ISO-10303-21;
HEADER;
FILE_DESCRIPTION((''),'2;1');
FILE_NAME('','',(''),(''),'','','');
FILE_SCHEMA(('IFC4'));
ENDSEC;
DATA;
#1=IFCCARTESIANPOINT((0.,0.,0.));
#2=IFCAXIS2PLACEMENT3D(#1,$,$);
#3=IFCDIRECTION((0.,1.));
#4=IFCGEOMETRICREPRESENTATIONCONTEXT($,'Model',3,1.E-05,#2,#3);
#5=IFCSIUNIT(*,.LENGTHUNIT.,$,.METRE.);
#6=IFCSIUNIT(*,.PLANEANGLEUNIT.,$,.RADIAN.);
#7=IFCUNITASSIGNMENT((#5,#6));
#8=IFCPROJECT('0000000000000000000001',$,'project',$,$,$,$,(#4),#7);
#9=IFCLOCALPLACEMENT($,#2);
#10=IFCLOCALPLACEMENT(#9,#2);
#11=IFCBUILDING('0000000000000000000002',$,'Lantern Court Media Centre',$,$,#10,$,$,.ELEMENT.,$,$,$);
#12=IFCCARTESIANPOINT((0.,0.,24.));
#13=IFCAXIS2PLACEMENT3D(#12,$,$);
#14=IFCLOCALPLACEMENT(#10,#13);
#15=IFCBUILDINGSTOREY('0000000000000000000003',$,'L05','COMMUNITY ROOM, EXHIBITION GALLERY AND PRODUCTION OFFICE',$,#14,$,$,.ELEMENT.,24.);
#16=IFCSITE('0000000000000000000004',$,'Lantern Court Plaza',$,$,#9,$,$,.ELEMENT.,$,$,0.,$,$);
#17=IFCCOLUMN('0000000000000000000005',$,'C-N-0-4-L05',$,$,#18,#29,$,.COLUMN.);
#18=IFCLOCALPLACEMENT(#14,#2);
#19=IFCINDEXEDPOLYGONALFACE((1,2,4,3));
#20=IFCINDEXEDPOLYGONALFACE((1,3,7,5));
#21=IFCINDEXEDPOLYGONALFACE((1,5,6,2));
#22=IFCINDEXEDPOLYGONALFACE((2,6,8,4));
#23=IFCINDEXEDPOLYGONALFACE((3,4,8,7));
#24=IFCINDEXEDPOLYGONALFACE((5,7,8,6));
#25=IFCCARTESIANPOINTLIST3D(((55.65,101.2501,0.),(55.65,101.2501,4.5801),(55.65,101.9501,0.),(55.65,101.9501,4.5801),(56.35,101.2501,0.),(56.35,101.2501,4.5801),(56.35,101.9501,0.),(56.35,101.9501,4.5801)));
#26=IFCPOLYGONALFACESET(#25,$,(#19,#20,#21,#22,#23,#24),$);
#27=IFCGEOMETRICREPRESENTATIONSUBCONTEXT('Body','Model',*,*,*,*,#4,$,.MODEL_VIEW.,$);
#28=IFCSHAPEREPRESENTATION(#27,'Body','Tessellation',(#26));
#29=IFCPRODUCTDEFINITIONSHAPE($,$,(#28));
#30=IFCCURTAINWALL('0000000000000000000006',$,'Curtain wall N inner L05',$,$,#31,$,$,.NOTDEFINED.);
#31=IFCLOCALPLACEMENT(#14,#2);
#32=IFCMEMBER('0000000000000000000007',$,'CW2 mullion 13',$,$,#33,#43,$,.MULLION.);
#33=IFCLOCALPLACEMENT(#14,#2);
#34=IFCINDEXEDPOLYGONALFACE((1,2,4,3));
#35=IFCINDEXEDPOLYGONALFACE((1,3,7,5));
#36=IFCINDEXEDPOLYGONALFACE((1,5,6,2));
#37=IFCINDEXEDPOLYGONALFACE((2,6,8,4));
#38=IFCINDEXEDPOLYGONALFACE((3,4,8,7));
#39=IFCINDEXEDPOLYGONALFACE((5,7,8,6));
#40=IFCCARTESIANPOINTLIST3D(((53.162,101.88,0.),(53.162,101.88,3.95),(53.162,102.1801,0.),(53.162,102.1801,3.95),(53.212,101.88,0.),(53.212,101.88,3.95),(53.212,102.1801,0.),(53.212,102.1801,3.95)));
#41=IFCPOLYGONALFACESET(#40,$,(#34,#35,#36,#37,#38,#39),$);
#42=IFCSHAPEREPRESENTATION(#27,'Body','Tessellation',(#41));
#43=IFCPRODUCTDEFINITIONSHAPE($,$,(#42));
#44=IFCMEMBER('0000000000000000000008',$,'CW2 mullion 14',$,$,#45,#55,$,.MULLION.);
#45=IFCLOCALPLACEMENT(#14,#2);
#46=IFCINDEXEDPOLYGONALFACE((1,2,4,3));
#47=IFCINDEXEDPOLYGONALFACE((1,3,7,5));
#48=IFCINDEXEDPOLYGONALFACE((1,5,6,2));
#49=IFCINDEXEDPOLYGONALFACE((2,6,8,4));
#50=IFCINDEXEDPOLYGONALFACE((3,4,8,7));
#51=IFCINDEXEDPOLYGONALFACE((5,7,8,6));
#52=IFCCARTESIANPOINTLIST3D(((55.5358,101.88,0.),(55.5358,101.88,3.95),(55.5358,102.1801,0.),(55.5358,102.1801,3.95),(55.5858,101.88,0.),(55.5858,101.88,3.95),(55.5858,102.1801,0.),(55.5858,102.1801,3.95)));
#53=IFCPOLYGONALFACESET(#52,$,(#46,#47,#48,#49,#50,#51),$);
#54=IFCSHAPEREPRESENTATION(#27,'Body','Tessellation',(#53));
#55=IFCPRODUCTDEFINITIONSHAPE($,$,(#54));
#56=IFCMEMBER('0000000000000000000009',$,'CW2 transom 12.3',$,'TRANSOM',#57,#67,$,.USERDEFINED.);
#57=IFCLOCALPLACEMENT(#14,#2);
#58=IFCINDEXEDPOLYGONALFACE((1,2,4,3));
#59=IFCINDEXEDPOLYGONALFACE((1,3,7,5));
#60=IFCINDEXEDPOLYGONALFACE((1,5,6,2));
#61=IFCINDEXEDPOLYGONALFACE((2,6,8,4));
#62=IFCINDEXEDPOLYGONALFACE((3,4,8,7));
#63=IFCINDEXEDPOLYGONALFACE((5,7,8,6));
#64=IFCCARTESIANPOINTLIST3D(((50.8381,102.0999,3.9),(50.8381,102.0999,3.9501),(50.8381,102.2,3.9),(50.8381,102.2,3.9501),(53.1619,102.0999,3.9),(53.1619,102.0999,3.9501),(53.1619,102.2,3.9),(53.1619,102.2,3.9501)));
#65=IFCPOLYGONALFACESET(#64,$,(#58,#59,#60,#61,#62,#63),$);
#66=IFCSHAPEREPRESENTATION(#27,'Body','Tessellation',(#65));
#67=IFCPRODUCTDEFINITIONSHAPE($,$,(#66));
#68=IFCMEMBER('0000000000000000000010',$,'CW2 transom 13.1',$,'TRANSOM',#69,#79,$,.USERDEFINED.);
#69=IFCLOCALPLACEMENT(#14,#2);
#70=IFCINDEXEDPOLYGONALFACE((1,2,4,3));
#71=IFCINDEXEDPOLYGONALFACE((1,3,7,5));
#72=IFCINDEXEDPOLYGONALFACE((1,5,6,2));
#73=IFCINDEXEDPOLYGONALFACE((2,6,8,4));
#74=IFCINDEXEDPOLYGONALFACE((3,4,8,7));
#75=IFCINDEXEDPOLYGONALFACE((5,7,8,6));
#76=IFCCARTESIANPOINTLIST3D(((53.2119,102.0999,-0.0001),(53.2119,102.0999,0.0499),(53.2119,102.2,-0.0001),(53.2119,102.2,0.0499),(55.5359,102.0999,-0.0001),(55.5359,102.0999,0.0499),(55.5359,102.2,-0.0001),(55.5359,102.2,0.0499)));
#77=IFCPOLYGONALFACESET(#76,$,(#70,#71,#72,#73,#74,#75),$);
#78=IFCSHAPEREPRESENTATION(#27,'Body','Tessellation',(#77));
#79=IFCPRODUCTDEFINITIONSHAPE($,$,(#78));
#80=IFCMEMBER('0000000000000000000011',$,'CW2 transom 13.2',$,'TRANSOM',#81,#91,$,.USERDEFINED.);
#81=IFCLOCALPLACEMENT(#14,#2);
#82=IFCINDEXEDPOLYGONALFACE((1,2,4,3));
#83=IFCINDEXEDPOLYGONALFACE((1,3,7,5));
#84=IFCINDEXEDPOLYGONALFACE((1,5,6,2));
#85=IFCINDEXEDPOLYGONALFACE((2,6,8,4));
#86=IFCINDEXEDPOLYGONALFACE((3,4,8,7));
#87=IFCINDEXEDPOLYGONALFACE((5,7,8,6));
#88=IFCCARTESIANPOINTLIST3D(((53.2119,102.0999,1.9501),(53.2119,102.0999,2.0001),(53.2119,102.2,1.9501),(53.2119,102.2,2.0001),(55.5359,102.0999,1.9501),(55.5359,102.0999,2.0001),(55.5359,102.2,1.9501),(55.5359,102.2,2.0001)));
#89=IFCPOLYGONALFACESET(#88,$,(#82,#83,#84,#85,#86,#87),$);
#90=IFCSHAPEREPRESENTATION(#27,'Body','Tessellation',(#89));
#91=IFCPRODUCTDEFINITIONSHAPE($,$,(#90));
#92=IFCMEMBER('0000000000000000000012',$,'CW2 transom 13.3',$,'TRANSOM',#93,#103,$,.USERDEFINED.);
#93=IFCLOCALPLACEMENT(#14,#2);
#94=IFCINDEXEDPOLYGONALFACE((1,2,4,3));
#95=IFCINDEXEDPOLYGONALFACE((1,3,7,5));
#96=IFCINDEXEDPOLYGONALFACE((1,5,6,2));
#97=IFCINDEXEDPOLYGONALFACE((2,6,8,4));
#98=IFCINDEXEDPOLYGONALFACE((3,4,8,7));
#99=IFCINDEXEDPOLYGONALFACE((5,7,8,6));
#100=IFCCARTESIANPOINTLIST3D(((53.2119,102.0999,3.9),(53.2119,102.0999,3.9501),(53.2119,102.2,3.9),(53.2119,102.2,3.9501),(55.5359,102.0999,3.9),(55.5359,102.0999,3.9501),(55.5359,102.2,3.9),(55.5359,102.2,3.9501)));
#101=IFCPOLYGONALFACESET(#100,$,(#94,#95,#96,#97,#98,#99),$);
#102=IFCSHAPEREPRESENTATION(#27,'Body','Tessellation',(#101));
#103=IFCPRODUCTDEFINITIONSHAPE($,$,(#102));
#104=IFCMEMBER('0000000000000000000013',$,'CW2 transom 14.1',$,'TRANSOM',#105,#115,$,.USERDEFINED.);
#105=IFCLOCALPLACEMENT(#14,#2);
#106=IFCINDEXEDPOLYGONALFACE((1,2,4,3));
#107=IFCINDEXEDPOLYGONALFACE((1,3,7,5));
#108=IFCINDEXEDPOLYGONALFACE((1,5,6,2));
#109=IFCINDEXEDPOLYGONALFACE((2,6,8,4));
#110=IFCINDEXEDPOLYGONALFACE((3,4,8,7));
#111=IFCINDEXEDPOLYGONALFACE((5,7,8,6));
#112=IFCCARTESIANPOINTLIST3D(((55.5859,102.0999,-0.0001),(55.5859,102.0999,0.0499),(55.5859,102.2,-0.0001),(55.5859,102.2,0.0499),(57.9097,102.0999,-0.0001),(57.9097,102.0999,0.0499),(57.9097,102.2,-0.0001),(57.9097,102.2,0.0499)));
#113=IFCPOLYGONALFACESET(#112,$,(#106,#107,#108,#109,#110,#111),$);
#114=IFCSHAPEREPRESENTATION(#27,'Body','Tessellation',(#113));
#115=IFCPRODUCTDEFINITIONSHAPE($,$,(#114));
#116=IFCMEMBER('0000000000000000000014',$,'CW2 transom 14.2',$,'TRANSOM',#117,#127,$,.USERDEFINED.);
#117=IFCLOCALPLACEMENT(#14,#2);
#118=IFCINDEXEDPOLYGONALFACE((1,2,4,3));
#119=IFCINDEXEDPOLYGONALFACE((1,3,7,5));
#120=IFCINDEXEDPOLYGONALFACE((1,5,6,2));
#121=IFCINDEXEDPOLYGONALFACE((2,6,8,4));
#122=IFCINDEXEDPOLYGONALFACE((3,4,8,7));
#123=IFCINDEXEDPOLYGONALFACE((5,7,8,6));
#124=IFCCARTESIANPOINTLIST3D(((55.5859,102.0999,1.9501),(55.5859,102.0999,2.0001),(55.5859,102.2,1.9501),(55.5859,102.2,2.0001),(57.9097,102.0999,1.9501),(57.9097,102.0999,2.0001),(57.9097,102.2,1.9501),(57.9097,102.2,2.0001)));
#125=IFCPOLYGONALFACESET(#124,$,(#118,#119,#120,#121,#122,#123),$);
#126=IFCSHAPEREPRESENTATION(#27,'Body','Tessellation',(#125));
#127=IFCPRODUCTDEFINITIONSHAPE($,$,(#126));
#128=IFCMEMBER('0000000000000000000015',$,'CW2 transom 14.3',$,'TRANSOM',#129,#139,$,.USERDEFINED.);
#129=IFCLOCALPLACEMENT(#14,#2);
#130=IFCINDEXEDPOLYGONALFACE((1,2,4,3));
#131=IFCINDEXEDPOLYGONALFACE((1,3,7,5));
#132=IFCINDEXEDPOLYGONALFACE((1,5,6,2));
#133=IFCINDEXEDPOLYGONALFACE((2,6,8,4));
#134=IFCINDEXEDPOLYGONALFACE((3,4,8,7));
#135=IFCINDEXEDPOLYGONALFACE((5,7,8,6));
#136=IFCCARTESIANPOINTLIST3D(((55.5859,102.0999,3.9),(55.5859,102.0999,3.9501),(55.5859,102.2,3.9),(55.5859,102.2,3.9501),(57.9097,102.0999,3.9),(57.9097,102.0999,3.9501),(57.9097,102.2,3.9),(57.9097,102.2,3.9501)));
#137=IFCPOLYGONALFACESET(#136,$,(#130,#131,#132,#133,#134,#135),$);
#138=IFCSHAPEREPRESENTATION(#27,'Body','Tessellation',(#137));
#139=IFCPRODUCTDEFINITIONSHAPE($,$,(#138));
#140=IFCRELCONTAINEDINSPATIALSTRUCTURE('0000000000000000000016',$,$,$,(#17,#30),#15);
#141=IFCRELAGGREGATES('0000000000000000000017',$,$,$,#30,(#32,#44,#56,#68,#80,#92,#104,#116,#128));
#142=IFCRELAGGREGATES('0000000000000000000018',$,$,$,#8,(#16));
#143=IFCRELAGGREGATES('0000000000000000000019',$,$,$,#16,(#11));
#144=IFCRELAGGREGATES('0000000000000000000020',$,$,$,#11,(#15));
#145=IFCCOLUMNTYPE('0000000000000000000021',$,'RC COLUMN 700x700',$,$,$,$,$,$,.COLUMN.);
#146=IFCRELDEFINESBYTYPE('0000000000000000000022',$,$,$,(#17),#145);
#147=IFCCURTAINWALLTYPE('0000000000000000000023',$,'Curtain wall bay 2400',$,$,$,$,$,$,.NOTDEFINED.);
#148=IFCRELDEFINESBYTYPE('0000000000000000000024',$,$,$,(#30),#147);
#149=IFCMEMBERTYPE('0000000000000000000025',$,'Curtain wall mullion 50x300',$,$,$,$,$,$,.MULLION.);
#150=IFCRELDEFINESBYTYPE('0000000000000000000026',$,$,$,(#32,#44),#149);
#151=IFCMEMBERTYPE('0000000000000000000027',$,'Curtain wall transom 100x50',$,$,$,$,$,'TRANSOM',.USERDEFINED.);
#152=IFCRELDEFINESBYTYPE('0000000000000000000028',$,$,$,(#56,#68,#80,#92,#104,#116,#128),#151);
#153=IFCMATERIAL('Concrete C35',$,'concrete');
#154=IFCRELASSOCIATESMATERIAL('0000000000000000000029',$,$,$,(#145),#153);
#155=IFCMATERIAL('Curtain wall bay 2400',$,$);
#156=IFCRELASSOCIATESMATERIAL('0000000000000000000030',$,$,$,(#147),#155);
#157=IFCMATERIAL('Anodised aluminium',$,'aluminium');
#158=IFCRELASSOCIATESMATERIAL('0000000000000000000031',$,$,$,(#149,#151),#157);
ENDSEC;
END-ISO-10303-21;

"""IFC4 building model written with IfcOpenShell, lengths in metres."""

from ifc_helpers import new_model, si_unit, direction, frame, origin, origin_2d, place, context, subcontext, project, spatial, rectangle, extrude, material, material_profile, profile_set, type_object, element, aggregate, save


model = new_model("IFC4")

# Units and contexts
model_context = context("Model", 3, precision=1e-05, world=origin(), true_north=direction((0.0, 1.0)))
body_context = subcontext(model_context, "Body", "Model", "MODEL_VIEW")
ifc_project = project(units=[si_unit("LENGTHUNIT", "METRE"), si_unit("PLANEANGLEUNIT", "RADIAN")], contexts=[model_context])

# Site, building, storey
site_placement = place(None, origin())
site = spatial("IfcSite", under=ifc_project, at=site_placement, Name="Lantern Court Plaza", CompositionType="ELEMENT", RefElevation=0.0)
building_placement = place(site_placement, origin())
building = spatial("IfcBuilding", under=site, at=building_placement, Name="Lantern Court Media Centre", CompositionType="ELEMENT")
storey_placement = place(building_placement, frame((0.0, 0.0, 24.0)))
storey = spatial("IfcBuildingStorey", under=building, at=storey_placement, Name="L05", Description="COMMUNITY ROOM, EXHIBITION GALLERY AND PRODUCTION OFFICE", CompositionType="ELEMENT", Elevation=24.0)

# Column
ifc_material_1 = material(Name="Concrete C35", Category="concrete")
ifc_material_profile_1 = material_profile(ifc_material_1, rectangle(XDim=0.7, YDim=0.7, at=origin_2d()), Name="RC 700x700")
ifc_profile_set_1 = profile_set([ifc_material_profile_1], Name="Concrete C35")
column_type = type_object("IfcColumnType", Name="RC COLUMN 700x700", PredefinedType="COLUMN", material=ifc_profile_set_1)
column_placement = place(storey_placement, frame((56.0, 101.6001, 0.0), z_axis=(0.0, 0.0, 1.0), x_axis=(1.0, 0.0, 0.0)))
element("IfcColumn", 1, at=column_placement, inside=storey, type_object=column_type, Name="C-N-0-4-L05", PredefinedType="COLUMN", context=body_context, shape_type="SweptSolid", body=[
    extrude(rectangle(XDim=0.7, YDim=0.7, at=origin_2d()), origin(), (0.0, 0.0, 1.0), 4.5801),
])

# Curtain wall, members
ifc_material_2 = material(Name="Curtain wall bay 2400")
curtain_wall_type = type_object("IfcCurtainWallType", Name="Curtain wall bay 2400", PredefinedType="NOTDEFINED", material=ifc_material_2)
curtain_wall_placement = place(storey_placement, origin())
curtain_wall = element("IfcCurtainWall", 2, at=curtain_wall_placement, inside=storey, type_object=curtain_wall_type, Name="Curtain wall N inner L05", PredefinedType="NOTDEFINED")
ifc_material_3 = material(Name="Anodised aluminium", Category="aluminium")
ifc_material_profile_2 = material_profile(ifc_material_3, rectangle(XDim=0.3, YDim=0.05, at=origin_2d()), Name="AL 50x300")
ifc_profile_set_2 = profile_set([ifc_material_profile_2], Name="Anodised aluminium")
member_type_1 = type_object("IfcMemberType", Name="Curtain wall mullion 50x300", PredefinedType="MULLION", material=ifc_profile_set_2)
member_1_placement = place(storey_placement, frame((53.187, 102.03, 0.0), z_axis=(0.0, 0.0, 1.0), x_axis=(0.0, 1.0, 0.0)))
member_1 = element("IfcMember", 3, at=member_1_placement, type_object=member_type_1, Name="CW2 mullion 13", PredefinedType="MULLION", context=body_context, shape_type="SweptSolid", body=[
    extrude(rectangle(XDim=0.3, YDim=0.05, at=origin_2d()), origin(), (0.0, 0.0, 1.0), 3.95),
])
member_2_placement = place(storey_placement, frame((55.5608, 102.03, 0.0), z_axis=(0.0, 0.0, 1.0), x_axis=(0.0, 1.0, 0.0)))
member_2 = element("IfcMember", 4, at=member_2_placement, type_object=member_type_1, Name="CW2 mullion 14", PredefinedType="MULLION", context=body_context, shape_type="SweptSolid", body=[
    extrude(rectangle(XDim=0.3, YDim=0.05, at=origin_2d()), origin(), (0.0, 0.0, 1.0), 3.95),
])
ifc_material_profile_3 = material_profile(ifc_material_3, rectangle(XDim=0.1001, YDim=0.05, at=origin_2d()), Name="AL 50x100")
ifc_profile_set_3 = profile_set([ifc_material_profile_3], Name="Anodised aluminium")
member_type_2 = type_object("IfcMemberType", Name="Curtain wall transom 100x50", ElementType="TRANSOM", PredefinedType="USERDEFINED", material=ifc_profile_set_3)
member_3_placement = place(storey_placement, frame((50.8381, 102.1499, 3.925), z_axis=(1.0, 0.0, 0.0), x_axis=(0.0, 1.0, 0.0)))
member_3 = element("IfcMember", 5, at=member_3_placement, type_object=member_type_2, Name="CW2 transom 12.3", ObjectType="TRANSOM", PredefinedType="USERDEFINED", context=body_context, shape_type="SweptSolid", body=[
    extrude(rectangle(XDim=0.1001, YDim=0.05, at=origin_2d()), origin(), (0.0, 0.0, 1.0), 2.3237),
])
member_4_placement = place(storey_placement, frame((53.2119, 102.1499, 0.0249), z_axis=(1.0, 0.0, 0.0), x_axis=(0.0, 1.0, 0.0)))
member_4 = element("IfcMember", 6, at=member_4_placement, type_object=member_type_2, Name="CW2 transom 13.1", ObjectType="TRANSOM", PredefinedType="USERDEFINED", context=body_context, shape_type="SweptSolid", body=[
    extrude(rectangle(XDim=0.1001, YDim=0.05, at=origin_2d()), origin(), (0.0, 0.0, 1.0), 2.324),
])
member_5_placement = place(storey_placement, frame((53.2119, 102.1499, 1.9751), z_axis=(1.0, 0.0, 0.0), x_axis=(0.0, 1.0, 0.0)))
member_5 = element("IfcMember", 7, at=member_5_placement, type_object=member_type_2, Name="CW2 transom 13.2", ObjectType="TRANSOM", PredefinedType="USERDEFINED", context=body_context, shape_type="SweptSolid", body=[
    extrude(rectangle(XDim=0.1001, YDim=0.05, at=origin_2d()), origin(), (0.0, 0.0, 1.0), 2.324),
])
member_6_placement = place(storey_placement, frame((53.2119, 102.1499, 3.925), z_axis=(1.0, 0.0, 0.0), x_axis=(0.0, 1.0, 0.0)))
member_6 = element("IfcMember", 8, at=member_6_placement, type_object=member_type_2, Name="CW2 transom 13.3", ObjectType="TRANSOM", PredefinedType="USERDEFINED", context=body_context, shape_type="SweptSolid", body=[
    extrude(rectangle(XDim=0.1001, YDim=0.05, at=origin_2d()), origin(), (0.0, 0.0, 1.0), 2.324),
])
member_7_placement = place(storey_placement, frame((55.5859, 102.1499, 0.0249), z_axis=(1.0, 0.0, 0.0), x_axis=(0.0, 1.0, 0.0)))
member_7 = element("IfcMember", 9, at=member_7_placement, type_object=member_type_2, Name="CW2 transom 14.1", ObjectType="TRANSOM", PredefinedType="USERDEFINED", context=body_context, shape_type="SweptSolid", body=[
    extrude(rectangle(XDim=0.1001, YDim=0.05, at=origin_2d()), origin(), (0.0, 0.0, 1.0), 2.3237),
])
member_8_placement = place(storey_placement, frame((55.5859, 102.1499, 1.9751), z_axis=(1.0, 0.0, 0.0), x_axis=(0.0, 1.0, 0.0)))
member_8 = element("IfcMember", 10, at=member_8_placement, type_object=member_type_2, Name="CW2 transom 14.2", ObjectType="TRANSOM", PredefinedType="USERDEFINED", context=body_context, shape_type="SweptSolid", body=[
    extrude(rectangle(XDim=0.1001, YDim=0.05, at=origin_2d()), origin(), (0.0, 0.0, 1.0), 2.3237),
])
member_9_placement = place(storey_placement, frame((55.5859, 102.1499, 3.925), z_axis=(1.0, 0.0, 0.0), x_axis=(0.0, 1.0, 0.0)))
member_9 = element("IfcMember", 11, at=member_9_placement, type_object=member_type_2, Name="CW2 transom 14.3", ObjectType="TRANSOM", PredefinedType="USERDEFINED", context=body_context, shape_type="SweptSolid", body=[
    extrude(rectangle(XDim=0.1001, YDim=0.05, at=origin_2d()), origin(), (0.0, 0.0, 1.0), 2.3237),
])

aggregate(curtain_wall, [member_1, member_2, member_3, member_4, member_5, member_6, member_7, member_8, member_9])

save(model, "model.ifc")
